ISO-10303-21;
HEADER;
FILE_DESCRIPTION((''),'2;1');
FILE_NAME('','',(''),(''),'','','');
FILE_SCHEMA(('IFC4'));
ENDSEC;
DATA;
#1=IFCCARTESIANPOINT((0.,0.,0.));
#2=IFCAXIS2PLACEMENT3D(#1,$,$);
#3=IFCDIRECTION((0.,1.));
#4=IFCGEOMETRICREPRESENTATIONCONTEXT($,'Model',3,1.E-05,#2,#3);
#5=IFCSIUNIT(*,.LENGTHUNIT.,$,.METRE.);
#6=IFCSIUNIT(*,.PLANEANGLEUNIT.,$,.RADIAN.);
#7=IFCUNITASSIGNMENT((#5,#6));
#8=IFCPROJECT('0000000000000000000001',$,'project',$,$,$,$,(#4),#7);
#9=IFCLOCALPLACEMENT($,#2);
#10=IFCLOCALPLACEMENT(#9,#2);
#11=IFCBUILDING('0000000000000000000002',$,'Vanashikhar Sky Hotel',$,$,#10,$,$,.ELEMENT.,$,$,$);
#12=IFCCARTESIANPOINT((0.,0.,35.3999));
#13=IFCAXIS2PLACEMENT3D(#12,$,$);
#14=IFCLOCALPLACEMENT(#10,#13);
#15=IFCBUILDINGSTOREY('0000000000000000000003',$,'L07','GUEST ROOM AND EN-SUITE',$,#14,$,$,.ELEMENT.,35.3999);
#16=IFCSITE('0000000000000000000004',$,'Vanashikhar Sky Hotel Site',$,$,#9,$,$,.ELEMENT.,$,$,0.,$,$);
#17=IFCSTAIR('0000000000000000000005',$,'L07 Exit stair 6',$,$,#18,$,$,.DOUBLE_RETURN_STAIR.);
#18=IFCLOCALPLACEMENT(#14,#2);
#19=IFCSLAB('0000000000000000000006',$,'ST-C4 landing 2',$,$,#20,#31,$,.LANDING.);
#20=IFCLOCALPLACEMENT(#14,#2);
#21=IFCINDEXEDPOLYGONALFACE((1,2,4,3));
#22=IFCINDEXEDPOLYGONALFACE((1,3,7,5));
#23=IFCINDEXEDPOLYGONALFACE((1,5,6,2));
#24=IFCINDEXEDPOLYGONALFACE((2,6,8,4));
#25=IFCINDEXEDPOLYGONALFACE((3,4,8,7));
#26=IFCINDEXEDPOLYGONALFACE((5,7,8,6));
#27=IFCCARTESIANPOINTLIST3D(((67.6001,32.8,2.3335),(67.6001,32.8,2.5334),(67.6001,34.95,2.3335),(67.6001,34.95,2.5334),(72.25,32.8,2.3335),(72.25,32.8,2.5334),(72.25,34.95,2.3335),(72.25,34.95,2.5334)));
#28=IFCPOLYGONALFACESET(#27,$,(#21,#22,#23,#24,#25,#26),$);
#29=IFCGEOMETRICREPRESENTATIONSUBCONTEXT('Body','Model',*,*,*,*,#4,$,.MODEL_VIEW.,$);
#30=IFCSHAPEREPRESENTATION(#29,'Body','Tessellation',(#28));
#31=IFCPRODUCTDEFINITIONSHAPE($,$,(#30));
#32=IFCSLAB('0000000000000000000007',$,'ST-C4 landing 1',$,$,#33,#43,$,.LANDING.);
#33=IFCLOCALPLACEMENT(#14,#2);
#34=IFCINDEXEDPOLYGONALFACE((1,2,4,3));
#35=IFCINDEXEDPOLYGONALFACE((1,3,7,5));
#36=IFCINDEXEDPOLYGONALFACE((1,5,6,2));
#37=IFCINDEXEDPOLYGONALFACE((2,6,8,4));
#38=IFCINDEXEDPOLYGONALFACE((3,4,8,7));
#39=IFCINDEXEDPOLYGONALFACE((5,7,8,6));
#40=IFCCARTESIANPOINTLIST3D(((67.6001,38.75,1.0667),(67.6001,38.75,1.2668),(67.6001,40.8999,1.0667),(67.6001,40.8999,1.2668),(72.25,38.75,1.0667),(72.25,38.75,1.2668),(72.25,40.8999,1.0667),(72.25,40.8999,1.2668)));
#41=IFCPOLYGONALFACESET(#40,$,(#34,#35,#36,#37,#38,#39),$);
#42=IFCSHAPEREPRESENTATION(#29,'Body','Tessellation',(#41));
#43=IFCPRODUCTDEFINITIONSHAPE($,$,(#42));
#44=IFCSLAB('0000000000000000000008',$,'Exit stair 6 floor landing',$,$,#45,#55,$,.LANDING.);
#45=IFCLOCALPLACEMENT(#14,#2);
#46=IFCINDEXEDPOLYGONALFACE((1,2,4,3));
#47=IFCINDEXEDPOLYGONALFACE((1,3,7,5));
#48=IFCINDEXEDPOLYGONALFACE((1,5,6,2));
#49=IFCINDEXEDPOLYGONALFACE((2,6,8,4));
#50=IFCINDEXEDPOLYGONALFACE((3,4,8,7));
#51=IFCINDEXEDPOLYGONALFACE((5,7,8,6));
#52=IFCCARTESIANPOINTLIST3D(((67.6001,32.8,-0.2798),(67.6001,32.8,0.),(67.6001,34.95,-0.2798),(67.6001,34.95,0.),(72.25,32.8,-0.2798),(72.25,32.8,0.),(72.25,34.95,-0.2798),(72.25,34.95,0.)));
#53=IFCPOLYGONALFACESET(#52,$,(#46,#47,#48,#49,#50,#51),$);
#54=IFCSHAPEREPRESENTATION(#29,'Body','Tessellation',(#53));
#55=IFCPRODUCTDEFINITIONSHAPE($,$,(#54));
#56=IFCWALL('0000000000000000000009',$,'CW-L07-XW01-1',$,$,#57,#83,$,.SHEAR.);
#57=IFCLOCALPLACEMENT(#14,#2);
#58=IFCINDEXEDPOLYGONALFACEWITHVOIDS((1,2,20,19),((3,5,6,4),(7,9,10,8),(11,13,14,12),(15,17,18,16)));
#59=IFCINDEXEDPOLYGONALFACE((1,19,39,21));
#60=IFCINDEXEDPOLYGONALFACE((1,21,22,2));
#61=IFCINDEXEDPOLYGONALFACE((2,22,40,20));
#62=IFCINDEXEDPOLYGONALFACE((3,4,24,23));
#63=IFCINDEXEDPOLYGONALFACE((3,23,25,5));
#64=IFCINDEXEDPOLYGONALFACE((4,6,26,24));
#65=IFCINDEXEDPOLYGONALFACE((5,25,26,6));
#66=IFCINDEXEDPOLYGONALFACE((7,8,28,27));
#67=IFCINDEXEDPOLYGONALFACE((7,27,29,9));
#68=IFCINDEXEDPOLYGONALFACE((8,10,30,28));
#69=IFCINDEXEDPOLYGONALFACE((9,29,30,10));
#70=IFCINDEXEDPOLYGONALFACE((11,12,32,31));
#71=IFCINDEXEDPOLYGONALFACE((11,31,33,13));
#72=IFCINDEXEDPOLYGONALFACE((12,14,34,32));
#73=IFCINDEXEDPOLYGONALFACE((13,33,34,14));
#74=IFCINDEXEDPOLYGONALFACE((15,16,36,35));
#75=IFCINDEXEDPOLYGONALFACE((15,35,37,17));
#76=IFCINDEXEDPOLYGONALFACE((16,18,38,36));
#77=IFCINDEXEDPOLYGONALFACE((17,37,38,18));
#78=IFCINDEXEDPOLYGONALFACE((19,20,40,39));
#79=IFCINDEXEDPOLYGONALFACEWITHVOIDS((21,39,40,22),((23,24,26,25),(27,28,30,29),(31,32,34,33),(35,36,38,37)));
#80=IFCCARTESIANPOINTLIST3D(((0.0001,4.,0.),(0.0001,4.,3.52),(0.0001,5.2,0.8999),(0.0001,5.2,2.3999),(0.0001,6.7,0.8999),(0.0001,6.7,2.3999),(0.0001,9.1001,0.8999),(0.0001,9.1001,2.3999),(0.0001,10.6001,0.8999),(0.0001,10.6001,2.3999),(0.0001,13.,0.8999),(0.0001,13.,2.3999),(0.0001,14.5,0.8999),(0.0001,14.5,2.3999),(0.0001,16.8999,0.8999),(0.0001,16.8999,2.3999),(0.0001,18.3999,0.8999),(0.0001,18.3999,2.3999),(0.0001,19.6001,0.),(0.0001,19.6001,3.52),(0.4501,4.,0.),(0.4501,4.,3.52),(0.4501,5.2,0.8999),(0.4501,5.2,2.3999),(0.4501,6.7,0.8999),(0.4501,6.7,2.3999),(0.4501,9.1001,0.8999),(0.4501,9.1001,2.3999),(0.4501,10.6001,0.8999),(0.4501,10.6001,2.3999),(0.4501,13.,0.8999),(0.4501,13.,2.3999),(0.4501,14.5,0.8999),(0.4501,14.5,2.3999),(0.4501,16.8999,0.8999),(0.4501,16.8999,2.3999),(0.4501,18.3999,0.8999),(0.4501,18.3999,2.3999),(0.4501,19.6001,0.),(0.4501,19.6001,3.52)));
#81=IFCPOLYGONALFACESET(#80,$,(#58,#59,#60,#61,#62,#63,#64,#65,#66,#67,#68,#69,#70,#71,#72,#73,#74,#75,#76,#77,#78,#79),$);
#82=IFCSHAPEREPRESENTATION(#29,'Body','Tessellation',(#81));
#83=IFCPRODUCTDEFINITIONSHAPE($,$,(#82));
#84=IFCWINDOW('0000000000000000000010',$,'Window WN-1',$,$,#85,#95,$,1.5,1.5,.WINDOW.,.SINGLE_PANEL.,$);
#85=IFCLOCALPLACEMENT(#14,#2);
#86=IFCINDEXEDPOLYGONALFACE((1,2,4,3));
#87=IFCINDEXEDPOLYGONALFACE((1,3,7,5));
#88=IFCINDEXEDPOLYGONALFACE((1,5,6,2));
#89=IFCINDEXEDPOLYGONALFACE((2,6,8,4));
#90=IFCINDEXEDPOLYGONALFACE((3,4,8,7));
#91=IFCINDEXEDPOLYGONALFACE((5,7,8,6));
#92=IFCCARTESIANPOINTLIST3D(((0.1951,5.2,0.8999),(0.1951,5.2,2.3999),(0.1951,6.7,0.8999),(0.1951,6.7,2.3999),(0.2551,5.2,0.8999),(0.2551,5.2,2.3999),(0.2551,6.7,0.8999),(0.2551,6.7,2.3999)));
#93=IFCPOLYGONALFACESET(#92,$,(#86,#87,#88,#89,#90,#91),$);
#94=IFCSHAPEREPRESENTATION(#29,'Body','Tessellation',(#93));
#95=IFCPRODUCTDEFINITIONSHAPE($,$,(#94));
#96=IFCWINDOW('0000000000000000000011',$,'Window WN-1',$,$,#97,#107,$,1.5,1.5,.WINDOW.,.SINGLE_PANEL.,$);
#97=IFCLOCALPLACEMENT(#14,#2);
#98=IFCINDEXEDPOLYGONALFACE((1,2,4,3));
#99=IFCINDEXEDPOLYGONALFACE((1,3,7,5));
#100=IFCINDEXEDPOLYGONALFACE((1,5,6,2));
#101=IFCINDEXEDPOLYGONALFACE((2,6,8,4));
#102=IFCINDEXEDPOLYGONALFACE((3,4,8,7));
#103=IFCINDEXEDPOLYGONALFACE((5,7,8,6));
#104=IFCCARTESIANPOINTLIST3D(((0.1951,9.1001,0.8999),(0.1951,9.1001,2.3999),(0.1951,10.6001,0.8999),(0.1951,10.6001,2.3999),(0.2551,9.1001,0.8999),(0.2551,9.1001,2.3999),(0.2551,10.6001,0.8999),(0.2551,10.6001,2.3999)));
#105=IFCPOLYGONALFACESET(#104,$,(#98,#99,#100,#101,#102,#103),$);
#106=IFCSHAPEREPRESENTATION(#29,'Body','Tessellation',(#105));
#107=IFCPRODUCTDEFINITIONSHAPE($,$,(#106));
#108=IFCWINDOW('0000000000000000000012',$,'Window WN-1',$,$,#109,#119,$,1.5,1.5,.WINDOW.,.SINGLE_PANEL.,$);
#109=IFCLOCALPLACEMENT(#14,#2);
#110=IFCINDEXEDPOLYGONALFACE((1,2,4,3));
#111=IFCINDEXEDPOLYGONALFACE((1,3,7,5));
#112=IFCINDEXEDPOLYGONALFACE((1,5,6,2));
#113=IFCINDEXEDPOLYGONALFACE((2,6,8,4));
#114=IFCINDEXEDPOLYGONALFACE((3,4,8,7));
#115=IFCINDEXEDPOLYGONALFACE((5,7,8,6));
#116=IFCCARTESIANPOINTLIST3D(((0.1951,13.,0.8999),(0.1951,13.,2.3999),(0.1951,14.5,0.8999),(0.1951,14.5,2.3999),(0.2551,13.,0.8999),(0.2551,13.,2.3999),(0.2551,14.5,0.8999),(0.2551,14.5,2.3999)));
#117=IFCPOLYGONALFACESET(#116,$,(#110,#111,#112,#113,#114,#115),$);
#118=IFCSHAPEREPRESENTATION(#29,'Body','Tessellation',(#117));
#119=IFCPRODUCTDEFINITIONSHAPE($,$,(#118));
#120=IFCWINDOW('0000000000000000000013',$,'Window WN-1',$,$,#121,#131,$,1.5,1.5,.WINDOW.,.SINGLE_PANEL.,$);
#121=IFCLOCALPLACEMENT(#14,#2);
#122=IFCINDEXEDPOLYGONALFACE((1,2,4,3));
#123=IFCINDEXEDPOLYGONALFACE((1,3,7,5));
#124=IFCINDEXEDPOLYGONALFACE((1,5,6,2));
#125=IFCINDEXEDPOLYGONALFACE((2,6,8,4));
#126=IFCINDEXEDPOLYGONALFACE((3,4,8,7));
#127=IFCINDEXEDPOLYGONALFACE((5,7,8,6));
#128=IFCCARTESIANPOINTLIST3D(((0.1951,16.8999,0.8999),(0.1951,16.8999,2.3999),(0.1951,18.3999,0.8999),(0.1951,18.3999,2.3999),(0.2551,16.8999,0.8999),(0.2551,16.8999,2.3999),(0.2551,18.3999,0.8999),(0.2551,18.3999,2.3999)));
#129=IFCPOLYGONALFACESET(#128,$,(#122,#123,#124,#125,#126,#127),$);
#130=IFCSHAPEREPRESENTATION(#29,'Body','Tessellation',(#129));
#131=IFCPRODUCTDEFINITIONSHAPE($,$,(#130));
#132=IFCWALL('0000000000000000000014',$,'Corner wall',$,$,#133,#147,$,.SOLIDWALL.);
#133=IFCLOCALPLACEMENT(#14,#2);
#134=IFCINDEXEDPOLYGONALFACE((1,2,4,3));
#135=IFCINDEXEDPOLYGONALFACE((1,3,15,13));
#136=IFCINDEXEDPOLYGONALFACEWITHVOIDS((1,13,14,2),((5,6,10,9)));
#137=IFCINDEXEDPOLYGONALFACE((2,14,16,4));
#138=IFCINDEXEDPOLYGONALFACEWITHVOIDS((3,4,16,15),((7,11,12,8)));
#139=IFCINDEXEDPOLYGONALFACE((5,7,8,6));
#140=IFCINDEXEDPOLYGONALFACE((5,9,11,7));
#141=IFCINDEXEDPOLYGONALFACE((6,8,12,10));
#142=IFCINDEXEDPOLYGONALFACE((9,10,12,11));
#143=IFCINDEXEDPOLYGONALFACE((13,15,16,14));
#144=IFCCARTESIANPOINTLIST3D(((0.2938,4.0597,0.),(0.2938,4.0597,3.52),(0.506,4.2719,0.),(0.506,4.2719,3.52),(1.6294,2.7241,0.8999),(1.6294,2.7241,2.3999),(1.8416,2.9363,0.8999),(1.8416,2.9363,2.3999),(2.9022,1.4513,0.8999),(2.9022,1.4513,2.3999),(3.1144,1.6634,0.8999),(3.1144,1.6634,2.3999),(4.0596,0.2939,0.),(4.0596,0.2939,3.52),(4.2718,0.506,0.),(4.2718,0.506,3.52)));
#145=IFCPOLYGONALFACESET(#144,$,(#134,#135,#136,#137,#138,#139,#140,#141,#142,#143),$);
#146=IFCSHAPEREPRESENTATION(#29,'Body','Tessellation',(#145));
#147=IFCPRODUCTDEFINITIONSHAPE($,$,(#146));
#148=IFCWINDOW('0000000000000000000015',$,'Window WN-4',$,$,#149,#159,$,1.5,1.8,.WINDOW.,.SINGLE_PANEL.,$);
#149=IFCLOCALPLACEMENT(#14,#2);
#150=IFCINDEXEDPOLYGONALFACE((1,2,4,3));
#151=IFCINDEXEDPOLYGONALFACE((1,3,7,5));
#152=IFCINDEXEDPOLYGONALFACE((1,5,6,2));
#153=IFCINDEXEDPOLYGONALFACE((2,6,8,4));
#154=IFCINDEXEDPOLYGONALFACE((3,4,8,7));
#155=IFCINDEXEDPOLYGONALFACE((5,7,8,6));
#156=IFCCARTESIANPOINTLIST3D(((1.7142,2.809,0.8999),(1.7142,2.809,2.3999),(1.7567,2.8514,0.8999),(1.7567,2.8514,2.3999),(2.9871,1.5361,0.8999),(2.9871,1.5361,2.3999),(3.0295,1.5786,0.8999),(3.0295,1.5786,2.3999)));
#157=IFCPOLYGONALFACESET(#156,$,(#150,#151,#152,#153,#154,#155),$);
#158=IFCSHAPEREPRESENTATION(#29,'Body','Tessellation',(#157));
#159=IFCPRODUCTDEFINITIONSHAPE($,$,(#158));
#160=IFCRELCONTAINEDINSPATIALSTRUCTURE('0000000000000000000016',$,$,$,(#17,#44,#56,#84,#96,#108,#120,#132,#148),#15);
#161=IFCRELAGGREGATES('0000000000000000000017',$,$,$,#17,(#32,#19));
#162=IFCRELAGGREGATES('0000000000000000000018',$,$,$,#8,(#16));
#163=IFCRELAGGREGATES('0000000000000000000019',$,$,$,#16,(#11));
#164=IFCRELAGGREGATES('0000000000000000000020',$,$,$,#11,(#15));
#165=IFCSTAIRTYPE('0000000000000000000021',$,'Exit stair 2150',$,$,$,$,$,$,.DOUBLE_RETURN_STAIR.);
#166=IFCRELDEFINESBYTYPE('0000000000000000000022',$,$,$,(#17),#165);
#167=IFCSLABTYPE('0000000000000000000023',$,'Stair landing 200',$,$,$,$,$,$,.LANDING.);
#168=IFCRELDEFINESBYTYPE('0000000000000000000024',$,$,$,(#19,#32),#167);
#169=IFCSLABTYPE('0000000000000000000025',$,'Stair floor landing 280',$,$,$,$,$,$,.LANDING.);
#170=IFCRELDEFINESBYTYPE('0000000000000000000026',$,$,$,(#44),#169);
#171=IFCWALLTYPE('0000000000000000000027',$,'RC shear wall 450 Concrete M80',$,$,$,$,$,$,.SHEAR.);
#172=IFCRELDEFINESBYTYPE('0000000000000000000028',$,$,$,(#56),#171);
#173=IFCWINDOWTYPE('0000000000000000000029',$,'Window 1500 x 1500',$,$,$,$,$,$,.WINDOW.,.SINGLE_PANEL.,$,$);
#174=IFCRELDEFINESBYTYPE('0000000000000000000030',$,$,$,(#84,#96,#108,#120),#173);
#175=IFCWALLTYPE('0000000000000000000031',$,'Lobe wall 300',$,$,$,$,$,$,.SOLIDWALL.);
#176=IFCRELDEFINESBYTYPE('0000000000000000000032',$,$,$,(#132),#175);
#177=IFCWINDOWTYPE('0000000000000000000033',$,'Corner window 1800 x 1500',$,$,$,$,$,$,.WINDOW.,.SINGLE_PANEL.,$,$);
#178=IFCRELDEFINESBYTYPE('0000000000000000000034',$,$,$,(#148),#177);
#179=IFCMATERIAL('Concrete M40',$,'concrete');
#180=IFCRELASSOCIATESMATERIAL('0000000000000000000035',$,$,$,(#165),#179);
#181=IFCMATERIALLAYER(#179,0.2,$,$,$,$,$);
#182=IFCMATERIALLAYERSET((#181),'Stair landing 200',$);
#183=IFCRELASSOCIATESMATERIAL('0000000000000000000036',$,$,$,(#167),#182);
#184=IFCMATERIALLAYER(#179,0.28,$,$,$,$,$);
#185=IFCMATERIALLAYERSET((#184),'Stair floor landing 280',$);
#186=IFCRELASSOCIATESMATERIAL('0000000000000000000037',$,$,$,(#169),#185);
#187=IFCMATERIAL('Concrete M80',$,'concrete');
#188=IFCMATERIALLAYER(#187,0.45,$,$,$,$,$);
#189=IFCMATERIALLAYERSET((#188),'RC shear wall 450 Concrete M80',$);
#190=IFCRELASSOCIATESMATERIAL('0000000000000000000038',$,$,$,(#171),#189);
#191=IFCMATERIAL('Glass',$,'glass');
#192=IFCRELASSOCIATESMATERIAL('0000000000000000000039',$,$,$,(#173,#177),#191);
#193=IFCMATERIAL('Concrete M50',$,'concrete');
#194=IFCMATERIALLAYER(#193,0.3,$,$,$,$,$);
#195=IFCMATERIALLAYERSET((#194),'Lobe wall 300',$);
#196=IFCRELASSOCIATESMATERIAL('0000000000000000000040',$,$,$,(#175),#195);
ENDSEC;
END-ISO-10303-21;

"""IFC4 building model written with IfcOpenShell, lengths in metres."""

from ifc_helpers import new_model, si_unit, direction, frame, frame_2d, origin, place, context, subcontext, project, spatial, polyline, rectangle, outline, extrude, source, transform, mapped, material, layer, layer_set, type_object, element, fill, aggregate, save


model = new_model("IFC4")

# Units and contexts
model_context = context("Model", 3, precision=1e-05, world=origin(), true_north=direction((0.0, 1.0)))
body_context = subcontext(model_context, "Body", "Model", "MODEL_VIEW")
ifc_project = project(units=[si_unit("LENGTHUNIT", "METRE"), si_unit("PLANEANGLEUNIT", "RADIAN")], contexts=[model_context])

# Site, building, storey
site_placement = place(None, origin())
site = spatial("IfcSite", under=ifc_project, at=site_placement, Name="Vanashikhar Sky Hotel Site", CompositionType="ELEMENT", RefElevation=0.0)
building_placement = place(site_placement, origin())
building = spatial("IfcBuilding", under=site, at=building_placement, Name="Vanashikhar Sky Hotel", CompositionType="ELEMENT")
storey_placement = place(building_placement, frame((0.0, 0.0, 35.3999)))
storey = spatial("IfcBuildingStorey", under=building, at=storey_placement, Name="L07", Description="GUEST ROOM AND EN-SUITE", CompositionType="ELEMENT", Elevation=35.3999)

# Shared definitions
ifc_material_1 = material(Name="Concrete M40", Category="concrete")

# Shared definitions
stair_type = type_object("IfcStairType", Name="Exit stair 2150", PredefinedType="DOUBLE_RETURN_STAIR", material=ifc_material_1)
ifc_layer_1 = layer(ifc_material_1, 0.2)
ifc_layer_set_1 = layer_set([ifc_layer_1], Name="Stair landing 200")
slab_type_1 = type_object("IfcSlabType", Name="Stair landing 200", PredefinedType="LANDING", material=ifc_layer_set_1)

# Shared definitions
ifc_layer_2 = layer(ifc_material_1, 0.28)
ifc_layer_set_2 = layer_set([ifc_layer_2], Name="Stair floor landing 280")
slab_type_2 = type_object("IfcSlabType", Name="Stair floor landing 280", PredefinedType="LANDING", material=ifc_layer_set_2)

# Stair, slabs
stair_1_placement = place(storey_placement, origin())
stair_1 = element("IfcStair", 1, at=stair_1_placement, inside=storey, type_object=stair_type, Name="L07 Exit stair 6", PredefinedType="DOUBLE_RETURN_STAIR")
shared_shape_1 = source(origin(), body_context, "Body", "SweptSolid", [
    extrude(outline(polyline([(72.25, 32.8), (72.25, 34.95), (67.6001, 34.95), (67.6001, 32.8), (72.25, 32.8)])), origin(), (0.0, 0.0, 1.0), 0.2),
])
slab_1_placement = place(storey_placement, frame((0.0, 0.0, 2.3335)))
slab_1 = element("IfcSlab", 2, at=slab_1_placement, type_object=slab_type_1, Name="ST-C4 landing 2", PredefinedType="LANDING", context=body_context, shape_type="MappedRepresentation", body=[
    mapped(shared_shape_1, transform((0.0, 0.0, 0.0), scale=1.0)),
])
shared_shape_2 = source(origin(), body_context, "Body", "SweptSolid", [
    extrude(outline(polyline([(72.25, 38.75), (72.25, 40.8999), (67.6001, 40.8999), (67.6001, 38.75), (72.25, 38.75)])), origin(), (0.0, 0.0, 1.0), 0.2002),
])
slab_2_placement = place(storey_placement, frame((0.0, 0.0, 1.0667)))
slab_2 = element("IfcSlab", 3, at=slab_2_placement, type_object=slab_type_1, Name="ST-C4 landing 1", PredefinedType="LANDING", context=body_context, shape_type="MappedRepresentation", body=[
    mapped(shared_shape_2, transform((0.0, 0.0, 0.0), scale=1.0)),
])
aggregate(stair_1, [slab_2, slab_1])

# Slab
shared_shape_3 = source(origin(), body_context, "Body", "SweptSolid", [
    extrude(outline(polyline([(72.25, 32.8), (72.25, 34.95), (67.6001, 34.95), (67.6001, 32.8), (72.25, 32.8)])), origin(), (0.0, 0.0, 1.0), 0.2798),
])
slab_3_placement = place(storey_placement, frame((0.0, 0.0, -0.2798)))
element("IfcSlab", 4, at=slab_3_placement, inside=storey, type_object=slab_type_2, Name="Exit stair 6 floor landing", PredefinedType="LANDING", context=body_context, shape_type="MappedRepresentation", body=[
    mapped(shared_shape_3, transform((0.0, 0.0, 0.0), scale=1.0)),
])

# Wall, openings, windows
ifc_material_2 = material(Name="Concrete M80", Category="concrete")
ifc_layer_3 = layer(ifc_material_2, 0.45)
ifc_layer_set_3 = layer_set([ifc_layer_3], Name="RC shear wall 450 Concrete M80")
wall_type_1 = type_object("IfcWallType", Name="RC shear wall 450 Concrete M80", PredefinedType="SHEAR", material=ifc_layer_set_3)
shared_shape_4 = source(origin(), body_context, "Body", "SweptSolid", [
    extrude(rectangle(XDim=15.6001, YDim=0.45, at=frame_2d((7.8, 0.0))), origin(), (0.0, 0.0, 1.0), 3.52),
])
wall_1_placement = place(storey_placement, frame((0.2251, 4.0, 0.0), z_axis=(0.0, 0.0, 1.0), x_axis=(0.0, 1.0, 0.0)))
wall_1 = element("IfcWall", 5, at=wall_1_placement, inside=storey, type_object=wall_type_1, Name="CW-L07-XW01-1", PredefinedType="SHEAR", context=body_context, shape_type="MappedRepresentation", body=[
    mapped(shared_shape_4, transform((0.0, 0.0, 0.0), scale=1.0)),
])
shared_shape_5 = source(origin(), body_context, "Body", "SweptSolid", [
    extrude(rectangle(XDim=1.5, YDim=1.5, at=frame_2d((0.75, 0.75))), frame((0.0, 0.2349, 0.0), z_axis=(0.0, -1.0, 0.0), x_axis=(1.0, 0.0, 0.0)), (0.0, 0.0, 1.0), 0.47),
])
opening_1_placement = place(wall_1_placement, frame((1.2, 0.0, 0.8999)))
opening_1 = element("IfcOpeningElement", 6, at=opening_1_placement, cuts=wall_1, PredefinedType="OPENING", context=body_context, shape_type="MappedRepresentation", body=[
    mapped(shared_shape_5, transform((0.0, 0.0, 0.0), scale=1.0)),
])
opening_2_placement = place(wall_1_placement, frame((5.1001, 0.0, 0.8999)))
opening_2 = element("IfcOpeningElement", 7, at=opening_2_placement, cuts=wall_1, PredefinedType="OPENING", context=body_context, shape_type="MappedRepresentation", body=[
    mapped(shared_shape_5, transform((0.0, 0.0, 0.0), scale=1.0)),
])
opening_3_placement = place(wall_1_placement, frame((9.0, 0.0, 0.8999)))
opening_3 = element("IfcOpeningElement", 8, at=opening_3_placement, cuts=wall_1, PredefinedType="OPENING", context=body_context, shape_type="MappedRepresentation", body=[
    mapped(shared_shape_5, transform((0.0, 0.0, 0.0), scale=1.0)),
])
opening_4_placement = place(wall_1_placement, frame((12.8999, 0.0, 0.8999)))
opening_4 = element("IfcOpeningElement", 9, at=opening_4_placement, cuts=wall_1, PredefinedType="OPENING", context=body_context, shape_type="MappedRepresentation", body=[
    mapped(shared_shape_5, transform((0.0, 0.0, 0.0), scale=1.0)),
])
ifc_material_3 = material(Name="Glass", Category="glass")
window_type_1 = type_object("IfcWindowType", Name="Window 1500 x 1500", PartitioningType="SINGLE_PANEL", PredefinedType="WINDOW", material=ifc_material_3)
shared_shape_6 = source(origin(), body_context, "Body", "SweptSolid", [
    extrude(rectangle(XDim=1.5, YDim=1.5, at=frame_2d((0.75, 0.75))), frame((0.0, 0.03, 0.0), z_axis=(0.0, -1.0, 0.0), x_axis=(1.0, 0.0, 0.0)), (0.0, 0.0, 1.0), 0.0601),
])
window_1_placement = place(opening_1_placement, origin())
window_1 = element("IfcWindow", 10, at=window_1_placement, inside=storey, type_object=window_type_1, Name="Window WN-1", OverallHeight=1.5, OverallWidth=1.5, PartitioningType="SINGLE_PANEL", PredefinedType="WINDOW", context=body_context, shape_type="MappedRepresentation", body=[
    mapped(shared_shape_6, transform((0.0, 0.0, 0.0), scale=1.0)),
])
fill(opening_1, window_1)
window_2_placement = place(opening_2_placement, origin())
window_2 = element("IfcWindow", 11, at=window_2_placement, inside=storey, type_object=window_type_1, Name="Window WN-1", OverallHeight=1.5, OverallWidth=1.5, PartitioningType="SINGLE_PANEL", PredefinedType="WINDOW", context=body_context, shape_type="MappedRepresentation", body=[
    mapped(shared_shape_6, transform((0.0, 0.0, 0.0), scale=1.0)),
])
fill(opening_2, window_2)
window_3_placement = place(opening_3_placement, origin())
window_3 = element("IfcWindow", 12, at=window_3_placement, inside=storey, type_object=window_type_1, Name="Window WN-1", OverallHeight=1.5, OverallWidth=1.5, PartitioningType="SINGLE_PANEL", PredefinedType="WINDOW", context=body_context, shape_type="MappedRepresentation", body=[
    mapped(shared_shape_6, transform((0.0, 0.0, 0.0), scale=1.0)),
])
fill(opening_3, window_3)
window_4_placement = place(opening_4_placement, origin())
window_4 = element("IfcWindow", 13, at=window_4_placement, inside=storey, type_object=window_type_1, Name="Window WN-1", OverallHeight=1.5, OverallWidth=1.5, PartitioningType="SINGLE_PANEL", PredefinedType="WINDOW", context=body_context, shape_type="MappedRepresentation", body=[
    mapped(shared_shape_6, transform((0.0, 0.0, 0.0), scale=1.0)),
])
fill(opening_4, window_4)

# Wall, opening, window
ifc_material_4 = material(Name="Concrete M50", Category="concrete")
ifc_layer_4 = layer(ifc_material_4, 0.3)
ifc_layer_set_4 = layer_set([ifc_layer_4], Name="Lobe wall 300")
wall_type_2 = type_object("IfcWallType", Name="Lobe wall 300", PredefinedType="SOLIDWALL", material=ifc_layer_set_4)
shared_shape_7 = source(origin(), body_context, "Body", "SweptSolid", [
    extrude(rectangle(XDim=5.3257, YDim=0.3, at=frame_2d((2.6628, 0.0))), origin(), (0.0, 0.0, 1.0), 3.52),
])
wall_2_placement = place(storey_placement, frame((0.3999, 4.1658, 0.0), z_axis=(0.0, 0.0, 1.0), x_axis=(0.707107, -0.707107, 0.0)))
wall_2 = element("IfcWall", 14, at=wall_2_placement, inside=storey, type_object=wall_type_2, Name="Corner wall", PredefinedType="SOLIDWALL", context=body_context, shape_type="MappedRepresentation", body=[
    mapped(shared_shape_7, transform((0.0, 0.0, 0.0), scale=1.0)),
])
shared_shape_8 = source(origin(), body_context, "Body", "SweptSolid", [
    extrude(rectangle(XDim=1.8, YDim=1.5, at=frame_2d((0.8999, 0.75))), frame((0.0, 0.1602, 0.0), z_axis=(0.0, -1.0, 0.0), x_axis=(1.0, 0.0, 0.0)), (0.0, 0.0, 1.0), 0.3201),
])
opening_5_placement = place(wall_2_placement, frame((1.8889, 0.0, 0.8999)))
opening_5 = element("IfcOpeningElement", 15, at=opening_5_placement, cuts=wall_2, PredefinedType="OPENING", context=body_context, shape_type="MappedRepresentation", body=[
    mapped(shared_shape_8, transform((0.0, 0.0, 0.0), scale=1.0)),
])
window_type_2 = type_object("IfcWindowType", Name="Corner window 1800 x 1500", PartitioningType="SINGLE_PANEL", PredefinedType="WINDOW", material=ifc_material_3)
shared_shape_9 = source(origin(), body_context, "Body", "SweptSolid", [
    extrude(rectangle(XDim=1.8, YDim=1.5, at=frame_2d((0.8999, 0.75))), frame((0.0, 0.03, 0.0), z_axis=(0.0, -1.0, 0.0), x_axis=(1.0, 0.0, 0.0)), (0.0, 0.0, 1.0), 0.0601),
])
window_5_placement = place(opening_5_placement, origin())
window_5 = element("IfcWindow", 16, at=window_5_placement, inside=storey, type_object=window_type_2, Name="Window WN-4", OverallHeight=1.5, OverallWidth=1.8, PartitioningType="SINGLE_PANEL", PredefinedType="WINDOW", context=body_context, shape_type="MappedRepresentation", body=[
    mapped(shared_shape_9, transform((0.0, 0.0, 0.0), scale=1.0)),
])
fill(opening_5, window_5)

save(model, "model.ifc")
